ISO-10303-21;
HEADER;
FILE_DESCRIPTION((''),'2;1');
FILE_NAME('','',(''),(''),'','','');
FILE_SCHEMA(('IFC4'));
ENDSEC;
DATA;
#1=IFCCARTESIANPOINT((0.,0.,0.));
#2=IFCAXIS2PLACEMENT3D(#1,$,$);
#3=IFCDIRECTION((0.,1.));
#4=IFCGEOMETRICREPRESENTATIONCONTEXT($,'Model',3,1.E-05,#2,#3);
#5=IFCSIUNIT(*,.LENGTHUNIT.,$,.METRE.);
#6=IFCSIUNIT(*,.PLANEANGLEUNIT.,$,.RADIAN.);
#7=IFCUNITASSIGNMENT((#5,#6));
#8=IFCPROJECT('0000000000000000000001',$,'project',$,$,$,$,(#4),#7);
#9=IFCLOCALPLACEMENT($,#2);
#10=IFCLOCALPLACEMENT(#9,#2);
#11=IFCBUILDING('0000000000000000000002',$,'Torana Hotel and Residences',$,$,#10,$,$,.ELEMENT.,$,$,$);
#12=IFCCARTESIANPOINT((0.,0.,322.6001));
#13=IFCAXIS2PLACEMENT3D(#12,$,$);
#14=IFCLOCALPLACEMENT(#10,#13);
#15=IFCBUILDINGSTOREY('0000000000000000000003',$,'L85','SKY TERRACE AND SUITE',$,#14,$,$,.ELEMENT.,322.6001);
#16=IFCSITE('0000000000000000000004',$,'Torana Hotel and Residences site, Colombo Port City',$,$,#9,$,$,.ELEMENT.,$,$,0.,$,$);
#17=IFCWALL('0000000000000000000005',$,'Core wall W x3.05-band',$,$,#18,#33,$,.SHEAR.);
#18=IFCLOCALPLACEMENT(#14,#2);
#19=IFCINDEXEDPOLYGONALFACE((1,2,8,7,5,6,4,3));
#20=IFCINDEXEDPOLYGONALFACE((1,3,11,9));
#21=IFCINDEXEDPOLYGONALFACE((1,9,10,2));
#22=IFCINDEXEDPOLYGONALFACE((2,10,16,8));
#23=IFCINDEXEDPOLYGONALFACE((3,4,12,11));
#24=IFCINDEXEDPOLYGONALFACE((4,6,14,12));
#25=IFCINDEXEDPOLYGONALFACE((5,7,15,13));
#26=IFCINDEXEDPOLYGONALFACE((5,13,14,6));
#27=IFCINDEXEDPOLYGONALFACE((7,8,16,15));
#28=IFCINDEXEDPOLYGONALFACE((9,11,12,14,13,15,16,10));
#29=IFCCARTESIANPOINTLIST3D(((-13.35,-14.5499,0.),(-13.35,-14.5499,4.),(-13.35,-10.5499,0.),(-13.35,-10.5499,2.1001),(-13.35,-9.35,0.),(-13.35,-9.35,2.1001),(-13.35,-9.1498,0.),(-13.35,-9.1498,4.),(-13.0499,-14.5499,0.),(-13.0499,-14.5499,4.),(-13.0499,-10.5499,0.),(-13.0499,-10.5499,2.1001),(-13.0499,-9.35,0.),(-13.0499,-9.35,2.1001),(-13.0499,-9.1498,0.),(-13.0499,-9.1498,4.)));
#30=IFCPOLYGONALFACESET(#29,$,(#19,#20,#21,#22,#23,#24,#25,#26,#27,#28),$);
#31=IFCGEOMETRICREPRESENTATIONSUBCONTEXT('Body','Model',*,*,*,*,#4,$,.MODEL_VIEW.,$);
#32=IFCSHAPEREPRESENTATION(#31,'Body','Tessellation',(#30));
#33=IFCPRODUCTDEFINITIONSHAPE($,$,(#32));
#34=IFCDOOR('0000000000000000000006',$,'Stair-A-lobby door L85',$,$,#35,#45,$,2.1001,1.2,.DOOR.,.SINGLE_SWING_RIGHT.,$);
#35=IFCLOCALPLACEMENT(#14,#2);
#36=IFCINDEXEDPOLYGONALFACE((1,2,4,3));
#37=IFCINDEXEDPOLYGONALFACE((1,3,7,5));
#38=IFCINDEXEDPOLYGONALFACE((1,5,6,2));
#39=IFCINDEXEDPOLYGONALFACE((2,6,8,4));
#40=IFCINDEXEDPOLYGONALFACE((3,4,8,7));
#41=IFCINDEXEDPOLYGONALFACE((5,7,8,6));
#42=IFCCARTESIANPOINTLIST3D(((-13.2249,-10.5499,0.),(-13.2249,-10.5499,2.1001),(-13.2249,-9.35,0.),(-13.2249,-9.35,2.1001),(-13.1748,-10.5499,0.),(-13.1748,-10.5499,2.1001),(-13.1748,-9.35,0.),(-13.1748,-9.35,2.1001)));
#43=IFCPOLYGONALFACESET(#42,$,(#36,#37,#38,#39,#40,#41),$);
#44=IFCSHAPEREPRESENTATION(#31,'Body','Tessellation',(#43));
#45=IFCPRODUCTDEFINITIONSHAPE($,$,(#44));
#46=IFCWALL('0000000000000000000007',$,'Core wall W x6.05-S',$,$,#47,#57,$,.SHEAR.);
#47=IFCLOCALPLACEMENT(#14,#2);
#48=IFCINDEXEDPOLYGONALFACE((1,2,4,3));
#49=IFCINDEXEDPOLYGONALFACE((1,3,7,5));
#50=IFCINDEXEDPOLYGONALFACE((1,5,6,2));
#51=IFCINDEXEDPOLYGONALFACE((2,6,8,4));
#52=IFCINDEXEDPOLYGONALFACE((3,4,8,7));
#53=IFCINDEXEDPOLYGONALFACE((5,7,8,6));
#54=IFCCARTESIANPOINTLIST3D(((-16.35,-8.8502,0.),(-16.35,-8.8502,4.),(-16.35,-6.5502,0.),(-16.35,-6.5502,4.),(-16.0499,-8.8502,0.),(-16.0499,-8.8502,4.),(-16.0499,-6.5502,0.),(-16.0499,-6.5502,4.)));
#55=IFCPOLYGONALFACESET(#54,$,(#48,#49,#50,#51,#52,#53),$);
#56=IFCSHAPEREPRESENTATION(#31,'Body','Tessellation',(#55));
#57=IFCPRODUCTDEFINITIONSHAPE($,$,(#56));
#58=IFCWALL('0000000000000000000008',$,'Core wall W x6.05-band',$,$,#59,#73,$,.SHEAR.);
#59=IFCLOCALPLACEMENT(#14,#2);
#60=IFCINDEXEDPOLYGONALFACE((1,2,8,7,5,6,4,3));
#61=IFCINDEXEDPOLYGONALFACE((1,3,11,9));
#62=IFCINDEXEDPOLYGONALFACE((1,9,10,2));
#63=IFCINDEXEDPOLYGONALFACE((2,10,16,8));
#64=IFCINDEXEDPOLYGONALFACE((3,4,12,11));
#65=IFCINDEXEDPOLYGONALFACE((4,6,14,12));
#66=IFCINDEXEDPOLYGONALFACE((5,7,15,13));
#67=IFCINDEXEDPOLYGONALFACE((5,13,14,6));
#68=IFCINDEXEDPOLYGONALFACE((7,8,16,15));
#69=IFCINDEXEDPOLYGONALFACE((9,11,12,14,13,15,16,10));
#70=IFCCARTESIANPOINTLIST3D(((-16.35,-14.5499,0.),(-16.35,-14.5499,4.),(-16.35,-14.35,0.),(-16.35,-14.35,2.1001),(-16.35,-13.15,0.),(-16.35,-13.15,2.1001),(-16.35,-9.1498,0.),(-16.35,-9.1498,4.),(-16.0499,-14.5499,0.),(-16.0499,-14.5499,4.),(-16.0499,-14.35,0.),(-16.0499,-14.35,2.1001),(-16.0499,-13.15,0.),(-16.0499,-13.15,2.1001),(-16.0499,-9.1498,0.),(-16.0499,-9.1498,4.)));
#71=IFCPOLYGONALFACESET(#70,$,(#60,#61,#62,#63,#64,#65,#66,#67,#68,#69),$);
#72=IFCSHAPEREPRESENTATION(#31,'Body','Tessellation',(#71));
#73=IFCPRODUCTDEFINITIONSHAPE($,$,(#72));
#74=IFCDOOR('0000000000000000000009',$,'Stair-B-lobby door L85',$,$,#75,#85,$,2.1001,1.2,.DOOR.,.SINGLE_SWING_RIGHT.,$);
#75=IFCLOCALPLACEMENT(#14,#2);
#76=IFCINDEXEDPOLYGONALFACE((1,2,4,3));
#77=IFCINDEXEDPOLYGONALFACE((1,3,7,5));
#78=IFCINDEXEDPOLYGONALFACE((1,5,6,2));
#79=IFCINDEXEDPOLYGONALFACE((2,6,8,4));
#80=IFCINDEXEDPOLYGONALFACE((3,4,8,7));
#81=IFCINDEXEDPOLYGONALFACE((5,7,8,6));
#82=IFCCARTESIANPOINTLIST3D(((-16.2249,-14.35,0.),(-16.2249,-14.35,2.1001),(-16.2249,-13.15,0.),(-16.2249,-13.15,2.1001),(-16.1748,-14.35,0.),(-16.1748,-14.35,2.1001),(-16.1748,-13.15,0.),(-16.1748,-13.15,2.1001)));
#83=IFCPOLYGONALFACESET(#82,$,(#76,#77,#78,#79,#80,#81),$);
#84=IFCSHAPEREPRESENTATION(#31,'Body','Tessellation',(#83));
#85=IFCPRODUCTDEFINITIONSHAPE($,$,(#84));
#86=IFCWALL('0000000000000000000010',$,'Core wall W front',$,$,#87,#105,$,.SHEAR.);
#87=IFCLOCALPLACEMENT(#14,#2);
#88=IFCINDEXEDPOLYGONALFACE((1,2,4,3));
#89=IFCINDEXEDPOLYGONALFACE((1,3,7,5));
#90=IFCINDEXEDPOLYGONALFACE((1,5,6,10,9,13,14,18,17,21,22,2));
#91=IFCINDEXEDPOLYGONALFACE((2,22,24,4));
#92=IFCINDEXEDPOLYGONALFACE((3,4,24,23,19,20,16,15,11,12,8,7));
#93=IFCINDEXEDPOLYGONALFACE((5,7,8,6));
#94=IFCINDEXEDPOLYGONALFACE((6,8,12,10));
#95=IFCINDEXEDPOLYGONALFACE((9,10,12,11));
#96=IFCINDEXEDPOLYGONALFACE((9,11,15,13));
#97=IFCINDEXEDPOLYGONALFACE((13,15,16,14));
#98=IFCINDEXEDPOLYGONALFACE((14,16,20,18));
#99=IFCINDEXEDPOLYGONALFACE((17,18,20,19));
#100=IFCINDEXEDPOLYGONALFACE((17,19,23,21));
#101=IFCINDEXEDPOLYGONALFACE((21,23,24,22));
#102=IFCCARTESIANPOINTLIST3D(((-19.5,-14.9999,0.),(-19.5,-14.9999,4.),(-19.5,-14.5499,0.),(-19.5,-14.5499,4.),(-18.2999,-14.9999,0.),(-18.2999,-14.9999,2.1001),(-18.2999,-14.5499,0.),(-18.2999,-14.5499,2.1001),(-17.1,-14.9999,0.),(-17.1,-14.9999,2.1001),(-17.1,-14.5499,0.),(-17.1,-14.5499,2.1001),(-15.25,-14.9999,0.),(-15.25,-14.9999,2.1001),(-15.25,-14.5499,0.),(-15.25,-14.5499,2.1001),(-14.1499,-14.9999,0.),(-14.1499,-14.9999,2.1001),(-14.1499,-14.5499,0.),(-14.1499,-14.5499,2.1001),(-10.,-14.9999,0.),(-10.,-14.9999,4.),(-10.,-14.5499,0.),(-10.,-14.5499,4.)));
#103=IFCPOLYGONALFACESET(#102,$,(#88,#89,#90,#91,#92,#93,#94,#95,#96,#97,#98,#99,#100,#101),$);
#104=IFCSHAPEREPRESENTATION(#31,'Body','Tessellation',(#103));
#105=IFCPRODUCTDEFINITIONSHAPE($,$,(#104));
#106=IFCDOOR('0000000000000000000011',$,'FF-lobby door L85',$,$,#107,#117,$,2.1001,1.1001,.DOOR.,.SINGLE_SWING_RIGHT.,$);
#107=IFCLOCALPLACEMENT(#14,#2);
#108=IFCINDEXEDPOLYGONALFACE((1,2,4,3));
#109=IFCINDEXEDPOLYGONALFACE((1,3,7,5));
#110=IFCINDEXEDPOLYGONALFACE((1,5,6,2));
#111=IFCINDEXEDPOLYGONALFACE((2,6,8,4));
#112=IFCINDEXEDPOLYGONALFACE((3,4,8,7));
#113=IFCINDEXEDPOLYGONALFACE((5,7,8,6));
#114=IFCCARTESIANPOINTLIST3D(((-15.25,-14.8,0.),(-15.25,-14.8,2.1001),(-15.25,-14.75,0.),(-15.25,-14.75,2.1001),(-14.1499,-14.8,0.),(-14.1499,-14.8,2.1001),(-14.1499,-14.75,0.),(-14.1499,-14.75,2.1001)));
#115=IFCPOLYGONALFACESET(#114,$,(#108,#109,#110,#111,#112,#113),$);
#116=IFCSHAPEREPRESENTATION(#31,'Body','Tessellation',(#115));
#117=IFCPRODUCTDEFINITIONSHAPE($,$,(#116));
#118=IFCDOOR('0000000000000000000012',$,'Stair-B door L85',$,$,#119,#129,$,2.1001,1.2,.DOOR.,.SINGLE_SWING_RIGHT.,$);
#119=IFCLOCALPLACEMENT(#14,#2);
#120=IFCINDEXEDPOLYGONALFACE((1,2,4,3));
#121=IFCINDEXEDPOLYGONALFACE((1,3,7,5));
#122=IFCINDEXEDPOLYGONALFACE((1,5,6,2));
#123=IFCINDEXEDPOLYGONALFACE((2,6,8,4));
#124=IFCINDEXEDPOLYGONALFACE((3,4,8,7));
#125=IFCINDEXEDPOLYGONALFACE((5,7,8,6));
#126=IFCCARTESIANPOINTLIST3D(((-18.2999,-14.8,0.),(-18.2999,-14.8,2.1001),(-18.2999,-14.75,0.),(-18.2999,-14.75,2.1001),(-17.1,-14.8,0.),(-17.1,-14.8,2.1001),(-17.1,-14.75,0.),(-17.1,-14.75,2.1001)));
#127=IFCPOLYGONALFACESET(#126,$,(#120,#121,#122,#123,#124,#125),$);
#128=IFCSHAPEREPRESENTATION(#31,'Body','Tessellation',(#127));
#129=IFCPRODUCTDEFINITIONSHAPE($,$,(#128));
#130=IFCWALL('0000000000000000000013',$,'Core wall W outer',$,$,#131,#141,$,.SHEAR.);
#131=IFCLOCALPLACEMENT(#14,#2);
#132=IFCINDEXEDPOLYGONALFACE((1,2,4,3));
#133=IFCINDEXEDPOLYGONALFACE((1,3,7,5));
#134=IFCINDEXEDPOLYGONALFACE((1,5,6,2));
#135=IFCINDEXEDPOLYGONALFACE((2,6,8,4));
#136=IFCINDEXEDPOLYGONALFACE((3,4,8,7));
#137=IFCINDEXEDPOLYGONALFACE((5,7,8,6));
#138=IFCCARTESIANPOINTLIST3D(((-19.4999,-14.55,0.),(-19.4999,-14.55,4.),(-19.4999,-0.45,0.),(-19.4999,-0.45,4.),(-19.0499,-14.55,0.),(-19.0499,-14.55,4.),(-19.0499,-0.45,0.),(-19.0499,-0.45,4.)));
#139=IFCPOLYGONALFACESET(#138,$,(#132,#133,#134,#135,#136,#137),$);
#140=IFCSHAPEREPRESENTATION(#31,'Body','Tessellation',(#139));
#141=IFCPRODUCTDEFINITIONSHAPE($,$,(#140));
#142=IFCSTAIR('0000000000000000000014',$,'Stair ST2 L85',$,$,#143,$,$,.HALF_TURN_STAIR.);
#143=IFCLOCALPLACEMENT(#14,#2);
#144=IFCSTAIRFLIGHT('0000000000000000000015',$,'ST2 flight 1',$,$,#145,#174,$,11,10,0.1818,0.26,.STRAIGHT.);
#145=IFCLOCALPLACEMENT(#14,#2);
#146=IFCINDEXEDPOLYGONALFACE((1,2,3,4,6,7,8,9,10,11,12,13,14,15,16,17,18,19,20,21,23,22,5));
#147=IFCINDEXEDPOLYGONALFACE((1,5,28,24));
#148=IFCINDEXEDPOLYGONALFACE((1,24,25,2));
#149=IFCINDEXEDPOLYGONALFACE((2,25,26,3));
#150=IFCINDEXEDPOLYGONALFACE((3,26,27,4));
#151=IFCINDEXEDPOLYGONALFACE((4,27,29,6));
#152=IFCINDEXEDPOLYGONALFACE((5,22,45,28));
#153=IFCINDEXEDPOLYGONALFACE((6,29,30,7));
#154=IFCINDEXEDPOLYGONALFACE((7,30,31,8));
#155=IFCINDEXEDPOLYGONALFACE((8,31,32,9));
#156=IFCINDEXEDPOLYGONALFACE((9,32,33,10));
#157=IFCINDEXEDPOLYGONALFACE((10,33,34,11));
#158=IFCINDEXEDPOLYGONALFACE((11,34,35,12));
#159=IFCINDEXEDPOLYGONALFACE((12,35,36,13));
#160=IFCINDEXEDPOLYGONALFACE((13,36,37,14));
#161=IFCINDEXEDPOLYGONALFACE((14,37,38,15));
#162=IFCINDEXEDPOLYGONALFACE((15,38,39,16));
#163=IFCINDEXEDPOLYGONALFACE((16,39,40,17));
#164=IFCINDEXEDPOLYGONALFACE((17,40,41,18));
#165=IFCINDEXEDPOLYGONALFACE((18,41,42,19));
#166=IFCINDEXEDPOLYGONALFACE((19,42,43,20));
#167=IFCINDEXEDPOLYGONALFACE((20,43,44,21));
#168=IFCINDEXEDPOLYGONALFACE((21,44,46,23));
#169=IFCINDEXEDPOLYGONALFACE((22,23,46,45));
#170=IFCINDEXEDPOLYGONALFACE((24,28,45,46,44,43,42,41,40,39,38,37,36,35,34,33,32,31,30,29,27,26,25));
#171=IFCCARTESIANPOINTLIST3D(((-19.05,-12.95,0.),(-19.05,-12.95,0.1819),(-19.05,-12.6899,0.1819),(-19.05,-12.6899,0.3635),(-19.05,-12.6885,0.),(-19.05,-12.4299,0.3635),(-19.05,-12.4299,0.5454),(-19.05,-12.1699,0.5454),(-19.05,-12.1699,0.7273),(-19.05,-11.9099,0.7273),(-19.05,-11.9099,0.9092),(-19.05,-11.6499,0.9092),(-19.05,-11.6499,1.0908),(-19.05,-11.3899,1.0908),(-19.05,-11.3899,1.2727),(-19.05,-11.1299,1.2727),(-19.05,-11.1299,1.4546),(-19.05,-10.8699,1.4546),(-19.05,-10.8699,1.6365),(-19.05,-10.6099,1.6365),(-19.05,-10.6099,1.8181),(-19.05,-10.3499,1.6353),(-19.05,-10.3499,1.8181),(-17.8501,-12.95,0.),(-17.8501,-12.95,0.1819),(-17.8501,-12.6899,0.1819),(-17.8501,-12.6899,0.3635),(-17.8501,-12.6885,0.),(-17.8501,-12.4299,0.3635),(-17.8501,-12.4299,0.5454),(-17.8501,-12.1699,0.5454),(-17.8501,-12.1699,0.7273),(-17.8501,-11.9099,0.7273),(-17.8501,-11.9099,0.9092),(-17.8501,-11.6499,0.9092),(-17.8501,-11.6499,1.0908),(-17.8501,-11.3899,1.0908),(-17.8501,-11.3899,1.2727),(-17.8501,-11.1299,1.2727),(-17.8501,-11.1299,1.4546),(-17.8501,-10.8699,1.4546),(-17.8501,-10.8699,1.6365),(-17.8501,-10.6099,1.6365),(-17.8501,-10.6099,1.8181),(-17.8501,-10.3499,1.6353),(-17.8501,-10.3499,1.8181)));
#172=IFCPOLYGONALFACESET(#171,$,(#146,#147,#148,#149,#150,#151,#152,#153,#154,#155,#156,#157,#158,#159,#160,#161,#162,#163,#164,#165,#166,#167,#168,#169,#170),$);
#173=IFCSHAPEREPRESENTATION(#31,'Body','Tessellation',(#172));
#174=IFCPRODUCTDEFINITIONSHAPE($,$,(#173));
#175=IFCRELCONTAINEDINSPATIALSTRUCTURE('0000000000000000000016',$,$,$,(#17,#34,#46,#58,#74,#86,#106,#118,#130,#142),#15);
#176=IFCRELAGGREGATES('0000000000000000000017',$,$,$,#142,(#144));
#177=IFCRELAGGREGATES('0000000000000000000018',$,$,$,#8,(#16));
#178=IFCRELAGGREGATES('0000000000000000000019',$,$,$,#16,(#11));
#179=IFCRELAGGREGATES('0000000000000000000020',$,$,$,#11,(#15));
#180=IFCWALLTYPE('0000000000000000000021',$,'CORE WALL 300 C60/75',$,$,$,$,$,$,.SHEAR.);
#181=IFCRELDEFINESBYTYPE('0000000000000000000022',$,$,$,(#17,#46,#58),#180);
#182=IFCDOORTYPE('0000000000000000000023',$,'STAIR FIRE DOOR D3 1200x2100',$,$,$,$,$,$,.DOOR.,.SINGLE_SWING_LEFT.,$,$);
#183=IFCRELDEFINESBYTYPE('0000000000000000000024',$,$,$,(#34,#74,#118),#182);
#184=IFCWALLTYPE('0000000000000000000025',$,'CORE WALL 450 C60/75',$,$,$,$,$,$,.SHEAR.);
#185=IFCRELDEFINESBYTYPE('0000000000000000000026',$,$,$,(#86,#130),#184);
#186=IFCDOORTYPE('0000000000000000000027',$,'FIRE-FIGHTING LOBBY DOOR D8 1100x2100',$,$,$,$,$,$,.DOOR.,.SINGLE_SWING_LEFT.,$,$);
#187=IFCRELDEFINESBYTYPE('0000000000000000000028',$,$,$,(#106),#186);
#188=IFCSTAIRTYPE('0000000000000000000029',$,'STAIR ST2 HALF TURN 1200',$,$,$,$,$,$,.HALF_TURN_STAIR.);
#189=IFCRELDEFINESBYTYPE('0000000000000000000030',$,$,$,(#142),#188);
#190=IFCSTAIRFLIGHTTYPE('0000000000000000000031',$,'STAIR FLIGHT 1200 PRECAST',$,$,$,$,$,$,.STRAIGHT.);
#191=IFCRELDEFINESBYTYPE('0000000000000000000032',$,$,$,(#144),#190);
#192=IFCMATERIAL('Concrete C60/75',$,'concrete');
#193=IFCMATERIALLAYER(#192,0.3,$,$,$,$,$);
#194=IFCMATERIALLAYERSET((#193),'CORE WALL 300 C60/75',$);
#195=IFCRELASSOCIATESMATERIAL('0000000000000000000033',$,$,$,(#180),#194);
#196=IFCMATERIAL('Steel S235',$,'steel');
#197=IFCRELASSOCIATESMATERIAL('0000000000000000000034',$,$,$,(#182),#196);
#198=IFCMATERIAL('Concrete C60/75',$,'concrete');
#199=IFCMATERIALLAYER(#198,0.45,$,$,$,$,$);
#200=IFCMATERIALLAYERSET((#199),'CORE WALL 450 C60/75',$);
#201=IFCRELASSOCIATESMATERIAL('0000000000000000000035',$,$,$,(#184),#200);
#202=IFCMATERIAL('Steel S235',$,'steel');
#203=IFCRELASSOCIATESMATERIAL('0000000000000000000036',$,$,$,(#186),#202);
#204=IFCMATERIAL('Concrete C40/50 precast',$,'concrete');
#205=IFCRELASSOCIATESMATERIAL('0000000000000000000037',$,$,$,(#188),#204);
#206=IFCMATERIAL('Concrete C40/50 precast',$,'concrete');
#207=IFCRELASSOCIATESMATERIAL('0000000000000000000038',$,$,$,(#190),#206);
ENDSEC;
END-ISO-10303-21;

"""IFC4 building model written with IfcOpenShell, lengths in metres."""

from ifc_helpers import new_model, si_unit, direction, frame, frame_2d, origin, place, context, subcontext, project, spatial, polyline, rectangle, outline, extrude, material, layer, layer_set, type_object, element, fill, aggregate, save


model = new_model("IFC4")

# Units and contexts
model_context = context("Model", 3, precision=1e-05, world=origin(), true_north=direction((0.0, 1.0)))
body_context = subcontext(model_context, "Body", "Model", "MODEL_VIEW")
ifc_project = project(units=[si_unit("LENGTHUNIT", "METRE"), si_unit("PLANEANGLEUNIT", "RADIAN")], contexts=[model_context])

# Site, building, storey
site_placement = place(None, origin())
site = spatial("IfcSite", under=ifc_project, at=site_placement, Name="Torana Hotel and Residences site, Colombo Port City", CompositionType="ELEMENT", RefElevation=0.0)
building_placement = place(site_placement, origin())
building = spatial("IfcBuilding", under=site, at=building_placement, Name="Torana Hotel and Residences", CompositionType="ELEMENT")
storey_placement = place(building_placement, frame((0.0, 0.0, 322.6001)))
storey = spatial("IfcBuildingStorey", under=building, at=storey_placement, Name="L85", Description="SKY TERRACE AND SUITE", CompositionType="ELEMENT", Elevation=322.6001)

# Wall, opening, door
ifc_material_1 = material(Name="Concrete C60/75", Category="concrete")
ifc_layer_1 = layer(ifc_material_1, 0.3)
ifc_layer_set_1 = layer_set([ifc_layer_1], Name="CORE WALL 300 C60/75")
wall_type_1 = type_object("IfcWallType", Name="CORE WALL 300 C60/75", PredefinedType="SHEAR", material=ifc_layer_set_1)
wall_1_placement = place(storey_placement, frame((-13.2, -14.55, 0.0), z_axis=(0.0, 0.0, 1.0), x_axis=(0.0, 1.0, 0.0)))
wall_1 = element("IfcWall", 1, at=wall_1_placement, inside=storey, type_object=wall_type_1, Name="Core wall W x3.05-band", PredefinedType="SHEAR", context=body_context, shape_type="SweptSolid", body=[
    extrude(rectangle(XDim=5.4001, YDim=0.3, at=frame_2d((2.7002, 0.0))), origin(), (0.0, 0.0, 1.0), 4.0),
])
opening_1_placement = place(wall_1_placement, frame((4.0, 0.0, 0.0)))
opening_1 = element("IfcOpeningElement", 2, at=opening_1_placement, cuts=wall_1, PredefinedType="OPENING", context=body_context, shape_type="SweptSolid", body=[
    extrude(rectangle(XDim=1.2, YDim=2.1001, at=frame_2d((0.6001, 1.05))), frame((0.0, 0.1599, 0.0), z_axis=(0.0, -1.0, 0.0), x_axis=(1.0, 0.0, 0.0)), (0.0, 0.0, 1.0), 0.3201),
])
ifc_material_2 = material(Name="Steel S235", Category="steel")
door_type_1 = type_object("IfcDoorType", Name="STAIR FIRE DOOR D3 1200x2100", OperationType="SINGLE_SWING_LEFT", PredefinedType="DOOR", material=ifc_material_2)
door_1_placement = place(opening_1_placement, frame((0.6001, 0.0, 0.0), z_axis=(0.0, 0.0, 1.0), x_axis=(-1.0, 0.0, 0.0)))
door_1 = element("IfcDoor", 3, at=door_1_placement, inside=storey, type_object=door_type_1, Name="Stair-A-lobby door L85", OperationType="SINGLE_SWING_RIGHT", OverallHeight=2.1001, OverallWidth=1.2, PredefinedType="DOOR", context=body_context, shape_type="SweptSolid", body=[
    extrude(rectangle(XDim=1.2, YDim=2.1001, at=frame_2d((0.0, 1.05))), frame((0.0, -0.0249, 0.0), z_axis=(0.0, 1.0, 0.0), x_axis=(-1.0, 0.0, 0.0)), (0.0, 0.0, 1.0), 0.05),
])
fill(opening_1, door_1)

# Wall
wall_2_placement = place(storey_placement, frame((-16.2, -8.8501, 0.0), z_axis=(0.0, 0.0, 1.0), x_axis=(0.0, 1.0, 0.0)))
element("IfcWall", 4, at=wall_2_placement, inside=storey, type_object=wall_type_1, Name="Core wall W x6.05-S", PredefinedType="SHEAR", context=body_context, shape_type="SweptSolid", body=[
    extrude(rectangle(XDim=2.3, YDim=0.3, at=frame_2d((1.1499, 0.0))), origin(), (0.0, 0.0, 1.0), 4.0),
])

# Wall, opening, door
wall_3_placement = place(storey_placement, frame((-16.2, -14.55, 0.0), z_axis=(0.0, 0.0, 1.0), x_axis=(0.0, 1.0, 0.0)))
wall_3 = element("IfcWall", 5, at=wall_3_placement, inside=storey, type_object=wall_type_1, Name="Core wall W x6.05-band", PredefinedType="SHEAR", context=body_context, shape_type="SweptSolid", body=[
    extrude(rectangle(XDim=5.4001, YDim=0.3, at=frame_2d((2.7002, 0.0))), origin(), (0.0, 0.0, 1.0), 4.0),
])
opening_2_placement = place(wall_3_placement, frame((0.2, 0.0, 0.0)))
opening_2 = element("IfcOpeningElement", 6, at=opening_2_placement, cuts=wall_3, PredefinedType="OPENING", context=body_context, shape_type="SweptSolid", body=[
    extrude(rectangle(XDim=1.2, YDim=2.1001, at=frame_2d((0.6001, 1.05))), frame((0.0, 0.1599, 0.0), z_axis=(0.0, -1.0, 0.0), x_axis=(1.0, 0.0, 0.0)), (0.0, 0.0, 1.0), 0.3201),
])
door_2_placement = place(opening_2_placement, origin())
door_2 = element("IfcDoor", 7, at=door_2_placement, inside=storey, type_object=door_type_1, Name="Stair-B-lobby door L85", OperationType="SINGLE_SWING_RIGHT", OverallHeight=2.1001, OverallWidth=1.2, PredefinedType="DOOR", context=body_context, shape_type="SweptSolid", body=[
    extrude(rectangle(XDim=1.2, YDim=2.1001, at=frame_2d((0.6001, 1.05))), frame((0.0, 0.0249, 0.0), z_axis=(0.0, -1.0, 0.0), x_axis=(1.0, 0.0, 0.0)), (0.0, 0.0, 1.0), 0.05),
])
fill(opening_2, door_2)

# Wall, openings, doors
ifc_material_3 = material(Name="Concrete C60/75", Category="concrete")
ifc_layer_2 = layer(ifc_material_3, 0.45)
ifc_layer_set_2 = layer_set([ifc_layer_2], Name="CORE WALL 450 C60/75")
wall_type_2 = type_object("IfcWallType", Name="CORE WALL 450 C60/75", PredefinedType="SHEAR", material=ifc_layer_set_2)
wall_4_placement = place(storey_placement, frame((-19.5, -14.7749, 0.0), z_axis=(0.0, 0.0, 1.0), x_axis=(1.0, 0.0, 0.0)))
wall_4 = element("IfcWall", 8, at=wall_4_placement, inside=storey, type_object=wall_type_2, Name="Core wall W front", PredefinedType="SHEAR", context=body_context, shape_type="SweptSolid", body=[
    extrude(rectangle(XDim=9.5, YDim=0.45, at=frame_2d((4.75, 0.0))), origin(), (0.0, 0.0, 1.0), 4.0),
])
opening_3_placement = place(wall_4_placement, frame((1.2, 0.0, 0.0)))
opening_3 = element("IfcOpeningElement", 9, at=opening_3_placement, cuts=wall_4, PredefinedType="OPENING", context=body_context, shape_type="SweptSolid", body=[
    extrude(rectangle(XDim=1.2, YDim=2.1001, at=frame_2d((0.6001, 1.05))), frame((0.0, 0.2349, 0.0), z_axis=(0.0, -1.0, 0.0), x_axis=(1.0, 0.0, 0.0)), (0.0, 0.0, 1.0), 0.47),
])
opening_4_placement = place(wall_4_placement, frame((4.25, 0.0, 0.0)))
opening_4 = element("IfcOpeningElement", 10, at=opening_4_placement, cuts=wall_4, PredefinedType="OPENING", context=body_context, shape_type="SweptSolid", body=[
    extrude(rectangle(XDim=1.1001, YDim=2.1001, at=frame_2d((0.55, 1.05))), frame((0.0, 0.2349, 0.0), z_axis=(0.0, -1.0, 0.0), x_axis=(1.0, 0.0, 0.0)), (0.0, 0.0, 1.0), 0.47),
])
ifc_material_4 = material(Name="Steel S235", Category="steel")
door_type_2 = type_object("IfcDoorType", Name="FIRE-FIGHTING LOBBY DOOR D8 1100x2100", OperationType="SINGLE_SWING_LEFT", PredefinedType="DOOR", material=ifc_material_4)
door_3_placement = place(opening_4_placement, origin())
door_3 = element("IfcDoor", 11, at=door_3_placement, inside=storey, type_object=door_type_2, Name="FF-lobby door L85", OperationType="SINGLE_SWING_RIGHT", OverallHeight=2.1001, OverallWidth=1.1001, PredefinedType="DOOR", context=body_context, shape_type="SweptSolid", body=[
    extrude(rectangle(XDim=1.1001, YDim=2.1001, at=frame_2d((0.55, 1.05))), frame((0.0, 0.0249, 0.0), z_axis=(0.0, -1.0, 0.0), x_axis=(1.0, 0.0, 0.0)), (0.0, 0.0, 1.0), 0.05),
])
fill(opening_4, door_3)
door_4_placement = place(opening_3_placement, origin())
door_4 = element("IfcDoor", 12, at=door_4_placement, inside=storey, type_object=door_type_1, Name="Stair-B door L85", OperationType="SINGLE_SWING_RIGHT", OverallHeight=2.1001, OverallWidth=1.2, PredefinedType="DOOR", context=body_context, shape_type="SweptSolid", body=[
    extrude(rectangle(XDim=1.2, YDim=2.1001, at=frame_2d((0.6001, 1.05))), frame((0.0, 0.0249, 0.0), z_axis=(0.0, -1.0, 0.0), x_axis=(1.0, 0.0, 0.0)), (0.0, 0.0, 1.0), 0.05),
])
fill(opening_3, door_4)

# Wall
wall_5_placement = place(storey_placement, frame((-19.2749, -14.55, 0.0), z_axis=(0.0, 0.0, 1.0), x_axis=(0.0, 1.0, 0.0)))
element("IfcWall", 13, at=wall_5_placement, inside=storey, type_object=wall_type_2, Name="Core wall W outer", PredefinedType="SHEAR", context=body_context, shape_type="SweptSolid", body=[
    extrude(rectangle(XDim=14.1001, YDim=0.45, at=frame_2d((7.05, 0.0))), origin(), (0.0, 0.0, 1.0), 4.0),
])

# Stair, stair flight
ifc_material_5 = material(Name="Concrete C40/50 precast", Category="concrete")
stair_type = type_object("IfcStairType", Name="STAIR ST2 HALF TURN 1200", PredefinedType="HALF_TURN_STAIR", material=ifc_material_5)
stair_placement = place(storey_placement, origin())
stair = element("IfcStair", 14, at=stair_placement, inside=storey, type_object=stair_type, Name="Stair ST2 L85", PredefinedType="HALF_TURN_STAIR")
ifc_material_6 = material(Name="Concrete C40/50 precast", Category="concrete")
stair_flight_type = type_object("IfcStairFlightType", Name="STAIR FLIGHT 1200 PRECAST", PredefinedType="STRAIGHT", material=ifc_material_6)
stair_flight_1_placement = place(storey_placement, frame((-18.45, -12.95, 0.0), z_axis=(0.0, 0.0, 1.0), x_axis=(0.0, 1.0, 0.0)))
stair_flight_1 = element("IfcStairFlight", 15, at=stair_flight_1_placement, type_object=stair_flight_type, Name="ST2 flight 1", NumberOfRisers=11, NumberOfTreads=10, PredefinedType="STRAIGHT", RiserHeight=0.1818, TreadLength=0.26, context=body_context, shape_type="SweptSolid", body=[
    extrude(outline(polyline([(0.0, 0.0), (0.0, 0.1819), (0.26, 0.1819), (0.26, 0.3635), (0.52, 0.3635), (0.52, 0.5454), (0.78, 0.5454), (0.78, 0.7273), (1.04, 0.7273), (1.04, 0.9092), (1.3, 0.9092), (1.3, 1.0908), (1.5601, 1.0908), (1.5601, 1.2727), (1.8201, 1.2727), (1.8201, 1.4546), (2.0801, 1.4546), (2.0801, 1.6365), (2.3401, 1.6365), (2.3401, 1.8181), (2.6001, 1.8181), (2.6001, 2.0), (2.6001, 1.6353), (0.2615, 0.0), (0.0, 0.0)])), frame((0.0, 0.6001, 0.0), z_axis=(0.0, -1.0, 0.0), x_axis=(1.0, 0.0, 0.0)), (0.0, 0.0, 1.0), 1.2),
])
aggregate(stair, [stair_flight_1])

save(model, "model.ifc")
